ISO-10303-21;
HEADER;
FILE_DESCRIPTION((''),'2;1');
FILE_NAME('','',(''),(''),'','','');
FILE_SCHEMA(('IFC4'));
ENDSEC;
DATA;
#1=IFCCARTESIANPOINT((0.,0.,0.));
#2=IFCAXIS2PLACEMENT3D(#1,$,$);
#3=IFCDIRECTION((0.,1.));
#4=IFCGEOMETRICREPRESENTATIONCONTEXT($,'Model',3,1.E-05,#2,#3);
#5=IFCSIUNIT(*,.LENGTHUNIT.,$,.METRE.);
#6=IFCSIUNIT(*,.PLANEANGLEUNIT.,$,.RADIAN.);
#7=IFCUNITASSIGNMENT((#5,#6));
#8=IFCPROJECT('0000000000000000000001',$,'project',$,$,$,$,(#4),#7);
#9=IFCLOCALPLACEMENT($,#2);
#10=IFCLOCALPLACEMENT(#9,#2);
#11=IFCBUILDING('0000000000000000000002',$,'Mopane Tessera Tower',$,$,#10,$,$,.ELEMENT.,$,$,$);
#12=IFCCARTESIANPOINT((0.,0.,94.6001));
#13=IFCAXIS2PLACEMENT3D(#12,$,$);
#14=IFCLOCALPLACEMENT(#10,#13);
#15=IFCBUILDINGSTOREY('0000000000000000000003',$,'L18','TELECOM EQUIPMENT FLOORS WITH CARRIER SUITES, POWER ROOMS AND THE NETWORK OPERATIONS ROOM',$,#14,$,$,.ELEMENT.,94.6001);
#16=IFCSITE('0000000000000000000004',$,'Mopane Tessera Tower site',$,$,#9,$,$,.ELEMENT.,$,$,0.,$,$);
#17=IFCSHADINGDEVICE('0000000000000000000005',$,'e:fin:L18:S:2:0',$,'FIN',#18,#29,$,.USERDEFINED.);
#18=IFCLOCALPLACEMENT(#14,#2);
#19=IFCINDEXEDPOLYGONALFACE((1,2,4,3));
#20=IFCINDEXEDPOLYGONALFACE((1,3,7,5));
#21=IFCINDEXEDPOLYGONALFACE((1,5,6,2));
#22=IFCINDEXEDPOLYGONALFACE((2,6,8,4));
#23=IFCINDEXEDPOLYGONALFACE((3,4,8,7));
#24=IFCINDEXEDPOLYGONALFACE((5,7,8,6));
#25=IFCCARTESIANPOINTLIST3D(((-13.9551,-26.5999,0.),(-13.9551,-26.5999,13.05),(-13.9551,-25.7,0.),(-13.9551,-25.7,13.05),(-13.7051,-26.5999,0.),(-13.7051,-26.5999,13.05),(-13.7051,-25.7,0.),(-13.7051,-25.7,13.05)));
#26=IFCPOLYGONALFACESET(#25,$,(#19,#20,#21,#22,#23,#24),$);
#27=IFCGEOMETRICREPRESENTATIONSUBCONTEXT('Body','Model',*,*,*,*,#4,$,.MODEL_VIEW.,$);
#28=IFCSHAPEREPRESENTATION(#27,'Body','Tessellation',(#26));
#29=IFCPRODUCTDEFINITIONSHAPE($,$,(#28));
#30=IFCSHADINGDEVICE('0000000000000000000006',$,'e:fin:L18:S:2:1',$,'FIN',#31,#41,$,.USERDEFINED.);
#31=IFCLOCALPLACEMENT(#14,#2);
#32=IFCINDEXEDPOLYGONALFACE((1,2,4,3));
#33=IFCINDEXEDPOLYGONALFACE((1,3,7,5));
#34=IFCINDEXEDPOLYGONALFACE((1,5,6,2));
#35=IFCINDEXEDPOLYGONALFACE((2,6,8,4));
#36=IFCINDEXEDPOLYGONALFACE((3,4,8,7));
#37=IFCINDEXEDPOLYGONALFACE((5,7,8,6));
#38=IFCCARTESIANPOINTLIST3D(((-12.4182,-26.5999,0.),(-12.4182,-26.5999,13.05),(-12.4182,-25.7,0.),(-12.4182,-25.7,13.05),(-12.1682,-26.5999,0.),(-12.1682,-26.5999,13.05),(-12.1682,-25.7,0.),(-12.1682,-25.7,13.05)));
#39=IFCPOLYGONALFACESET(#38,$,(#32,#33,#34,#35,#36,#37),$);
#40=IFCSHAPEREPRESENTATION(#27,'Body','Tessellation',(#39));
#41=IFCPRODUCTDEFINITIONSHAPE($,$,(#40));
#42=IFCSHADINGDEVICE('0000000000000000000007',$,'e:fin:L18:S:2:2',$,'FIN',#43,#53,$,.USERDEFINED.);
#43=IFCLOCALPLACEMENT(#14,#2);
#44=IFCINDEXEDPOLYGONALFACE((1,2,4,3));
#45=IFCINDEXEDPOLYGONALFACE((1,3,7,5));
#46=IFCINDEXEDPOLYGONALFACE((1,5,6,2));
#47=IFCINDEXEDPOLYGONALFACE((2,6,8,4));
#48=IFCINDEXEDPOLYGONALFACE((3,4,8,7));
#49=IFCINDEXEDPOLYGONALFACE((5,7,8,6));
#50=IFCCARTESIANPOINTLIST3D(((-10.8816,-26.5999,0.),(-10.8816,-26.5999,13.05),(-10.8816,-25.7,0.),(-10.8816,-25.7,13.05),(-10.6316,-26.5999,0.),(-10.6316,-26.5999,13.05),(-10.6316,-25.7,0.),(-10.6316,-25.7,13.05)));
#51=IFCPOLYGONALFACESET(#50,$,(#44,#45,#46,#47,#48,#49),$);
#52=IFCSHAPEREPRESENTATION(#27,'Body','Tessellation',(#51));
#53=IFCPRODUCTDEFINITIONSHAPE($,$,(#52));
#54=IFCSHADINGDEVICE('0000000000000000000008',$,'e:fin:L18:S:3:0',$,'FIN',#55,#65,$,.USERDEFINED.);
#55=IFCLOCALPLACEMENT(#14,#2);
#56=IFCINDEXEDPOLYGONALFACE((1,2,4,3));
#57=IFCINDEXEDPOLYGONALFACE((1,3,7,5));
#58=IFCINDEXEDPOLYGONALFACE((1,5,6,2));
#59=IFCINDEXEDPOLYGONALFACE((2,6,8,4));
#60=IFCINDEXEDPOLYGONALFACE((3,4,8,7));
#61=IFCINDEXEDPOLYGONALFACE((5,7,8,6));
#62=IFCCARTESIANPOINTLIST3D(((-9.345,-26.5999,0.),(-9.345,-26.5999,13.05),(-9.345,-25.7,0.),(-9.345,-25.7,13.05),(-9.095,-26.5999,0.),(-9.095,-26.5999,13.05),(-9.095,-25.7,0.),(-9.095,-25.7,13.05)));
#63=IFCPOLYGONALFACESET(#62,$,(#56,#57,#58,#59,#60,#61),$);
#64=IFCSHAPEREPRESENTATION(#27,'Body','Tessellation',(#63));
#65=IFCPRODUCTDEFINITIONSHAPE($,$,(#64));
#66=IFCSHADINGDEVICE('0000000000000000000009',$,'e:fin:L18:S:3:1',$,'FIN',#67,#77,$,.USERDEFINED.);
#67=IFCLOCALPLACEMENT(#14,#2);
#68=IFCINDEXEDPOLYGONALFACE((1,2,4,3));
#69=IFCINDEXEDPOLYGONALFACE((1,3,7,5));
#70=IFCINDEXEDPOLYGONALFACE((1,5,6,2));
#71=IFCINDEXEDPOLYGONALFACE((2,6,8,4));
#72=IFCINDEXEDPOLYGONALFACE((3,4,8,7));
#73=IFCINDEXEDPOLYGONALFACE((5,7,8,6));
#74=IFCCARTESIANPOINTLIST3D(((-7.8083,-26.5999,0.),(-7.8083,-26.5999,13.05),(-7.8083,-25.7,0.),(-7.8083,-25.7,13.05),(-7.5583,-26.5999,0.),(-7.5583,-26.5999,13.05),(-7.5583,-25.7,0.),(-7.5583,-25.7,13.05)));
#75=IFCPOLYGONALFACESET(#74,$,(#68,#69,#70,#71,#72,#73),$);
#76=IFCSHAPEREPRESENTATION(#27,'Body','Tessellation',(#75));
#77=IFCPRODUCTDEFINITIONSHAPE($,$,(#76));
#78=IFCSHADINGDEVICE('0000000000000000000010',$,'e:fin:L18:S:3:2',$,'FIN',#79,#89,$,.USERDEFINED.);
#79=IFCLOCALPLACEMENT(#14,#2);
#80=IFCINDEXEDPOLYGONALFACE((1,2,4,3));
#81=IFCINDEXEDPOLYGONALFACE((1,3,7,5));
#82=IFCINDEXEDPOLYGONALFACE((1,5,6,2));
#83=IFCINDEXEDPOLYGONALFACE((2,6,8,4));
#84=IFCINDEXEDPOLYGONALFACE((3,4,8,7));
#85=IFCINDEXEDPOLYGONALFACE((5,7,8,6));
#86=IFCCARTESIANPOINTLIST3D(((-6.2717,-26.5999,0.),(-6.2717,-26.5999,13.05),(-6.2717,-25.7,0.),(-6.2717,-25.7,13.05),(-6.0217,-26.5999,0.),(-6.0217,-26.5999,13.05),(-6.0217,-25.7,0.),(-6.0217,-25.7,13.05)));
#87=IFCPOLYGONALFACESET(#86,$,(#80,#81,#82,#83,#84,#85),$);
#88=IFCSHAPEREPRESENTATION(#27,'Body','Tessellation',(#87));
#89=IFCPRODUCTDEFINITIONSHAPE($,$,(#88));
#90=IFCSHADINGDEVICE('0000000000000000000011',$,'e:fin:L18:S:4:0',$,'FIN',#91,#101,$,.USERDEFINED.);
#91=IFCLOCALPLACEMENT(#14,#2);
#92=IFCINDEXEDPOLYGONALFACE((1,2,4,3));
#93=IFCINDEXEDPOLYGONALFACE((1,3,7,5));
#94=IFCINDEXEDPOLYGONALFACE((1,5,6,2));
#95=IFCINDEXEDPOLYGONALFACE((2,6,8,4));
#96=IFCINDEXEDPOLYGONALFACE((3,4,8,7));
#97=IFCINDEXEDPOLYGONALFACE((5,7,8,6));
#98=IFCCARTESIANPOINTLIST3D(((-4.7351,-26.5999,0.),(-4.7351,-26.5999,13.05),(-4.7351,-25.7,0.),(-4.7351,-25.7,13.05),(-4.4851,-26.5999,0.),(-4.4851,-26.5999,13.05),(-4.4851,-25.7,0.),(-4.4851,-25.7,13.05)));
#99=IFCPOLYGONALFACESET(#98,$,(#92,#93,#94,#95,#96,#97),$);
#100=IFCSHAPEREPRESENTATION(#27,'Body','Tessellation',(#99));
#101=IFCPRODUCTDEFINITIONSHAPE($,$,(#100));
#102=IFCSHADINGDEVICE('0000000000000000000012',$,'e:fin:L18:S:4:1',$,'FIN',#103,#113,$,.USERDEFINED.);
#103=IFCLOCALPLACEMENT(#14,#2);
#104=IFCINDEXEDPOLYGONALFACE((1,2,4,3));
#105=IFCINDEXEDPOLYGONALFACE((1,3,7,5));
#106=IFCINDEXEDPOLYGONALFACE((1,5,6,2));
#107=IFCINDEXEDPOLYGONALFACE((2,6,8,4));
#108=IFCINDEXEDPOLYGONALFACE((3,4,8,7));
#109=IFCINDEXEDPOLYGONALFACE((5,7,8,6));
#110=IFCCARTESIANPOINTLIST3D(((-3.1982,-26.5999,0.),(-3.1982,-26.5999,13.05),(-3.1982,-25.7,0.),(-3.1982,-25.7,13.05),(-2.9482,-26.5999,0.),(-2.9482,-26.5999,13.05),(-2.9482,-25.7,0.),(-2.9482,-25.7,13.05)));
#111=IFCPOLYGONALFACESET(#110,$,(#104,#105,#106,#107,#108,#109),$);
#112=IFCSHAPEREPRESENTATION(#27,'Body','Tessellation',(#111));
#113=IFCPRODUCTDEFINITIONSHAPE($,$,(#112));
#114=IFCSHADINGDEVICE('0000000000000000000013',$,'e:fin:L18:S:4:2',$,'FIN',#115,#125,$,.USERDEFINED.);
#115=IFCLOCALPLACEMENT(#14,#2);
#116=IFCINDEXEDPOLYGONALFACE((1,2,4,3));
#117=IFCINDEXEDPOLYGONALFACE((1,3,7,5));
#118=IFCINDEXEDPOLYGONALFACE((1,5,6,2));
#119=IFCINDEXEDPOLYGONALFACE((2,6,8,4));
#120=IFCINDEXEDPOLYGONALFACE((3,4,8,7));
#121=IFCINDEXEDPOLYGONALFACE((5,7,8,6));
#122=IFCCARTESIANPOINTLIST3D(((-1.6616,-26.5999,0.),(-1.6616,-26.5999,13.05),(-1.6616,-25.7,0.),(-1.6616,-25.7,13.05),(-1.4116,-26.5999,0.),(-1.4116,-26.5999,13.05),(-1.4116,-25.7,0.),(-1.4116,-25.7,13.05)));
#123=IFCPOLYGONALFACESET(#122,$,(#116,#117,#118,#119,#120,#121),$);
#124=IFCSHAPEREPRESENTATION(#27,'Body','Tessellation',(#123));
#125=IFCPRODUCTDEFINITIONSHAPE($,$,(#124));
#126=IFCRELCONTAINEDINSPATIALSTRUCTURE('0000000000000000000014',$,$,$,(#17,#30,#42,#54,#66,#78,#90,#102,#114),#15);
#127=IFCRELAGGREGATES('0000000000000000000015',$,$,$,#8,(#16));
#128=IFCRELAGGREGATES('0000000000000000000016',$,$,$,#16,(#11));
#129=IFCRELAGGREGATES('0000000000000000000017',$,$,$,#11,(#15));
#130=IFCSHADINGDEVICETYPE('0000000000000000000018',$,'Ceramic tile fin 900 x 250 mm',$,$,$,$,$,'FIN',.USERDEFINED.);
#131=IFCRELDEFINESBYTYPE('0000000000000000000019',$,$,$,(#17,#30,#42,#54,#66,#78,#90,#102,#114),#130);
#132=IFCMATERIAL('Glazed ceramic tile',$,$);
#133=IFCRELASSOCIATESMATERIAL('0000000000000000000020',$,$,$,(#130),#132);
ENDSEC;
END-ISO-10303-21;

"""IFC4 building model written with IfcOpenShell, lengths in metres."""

from ifc_helpers import new_model, si_unit, direction, frame, origin, origin_2d, place, context, subcontext, project, spatial, rectangle, extrude, material, type_object, element, save


model = new_model("IFC4")

# Units and contexts
model_context = context("Model", 3, precision=1e-05, world=origin(), true_north=direction((0.0, 1.0)))
body_context = subcontext(model_context, "Body", "Model", "MODEL_VIEW")
ifc_project = project(units=[si_unit("LENGTHUNIT", "METRE"), si_unit("PLANEANGLEUNIT", "RADIAN")], contexts=[model_context])

# Site, building, storey
site_placement = place(None, origin())
site = spatial("IfcSite", under=ifc_project, at=site_placement, Name="Mopane Tessera Tower site", CompositionType="ELEMENT", RefElevation=0.0)
building_placement = place(site_placement, origin())
building = spatial("IfcBuilding", under=site, at=building_placement, Name="Mopane Tessera Tower", CompositionType="ELEMENT")
storey_placement = place(building_placement, frame((0.0, 0.0, 94.6001)))
storey = spatial("IfcBuildingStorey", under=building, at=storey_placement, Name="L18", Description="TELECOM EQUIPMENT FLOORS WITH CARRIER SUITES, POWER ROOMS AND THE NETWORK OPERATIONS ROOM", CompositionType="ELEMENT", Elevation=94.6001)

# Shading devices
ifc_material_1 = material(Name="Glazed ceramic tile")
shading_device_type = type_object("IfcShadingDeviceType", Name="Ceramic tile fin 900 x 250 mm", ElementType="FIN", PredefinedType="USERDEFINED", material=ifc_material_1)
for number, where, z_axis, x_axis, name in (
    (1, (-13.8301, -26.1499, 0.0), (0.0, 0.0, 1.0), (1.0, 0.0, 0.0), "e:fin:L18:S:2:0"),
    (2, (-12.2932, -26.1499, 0.0), (0.0, 0.0, 1.0), (1.0, 0.0, 0.0), "e:fin:L18:S:2:1"),
    (3, (-10.7566, -26.1499, 0.0), (0.0, 0.0, 1.0), (1.0, 0.0, 0.0), "e:fin:L18:S:2:2"),
    (4, (-9.22, -26.1499, 0.0), (0.0, 0.0, 1.0), (1.0, 0.0, 0.0), "e:fin:L18:S:3:0"),
    (5, (-7.6833, -26.1499, 0.0), (0.0, 0.0, 1.0), (1.0, 0.0, 0.0), "e:fin:L18:S:3:1"),
    (6, (-6.1467, -26.1499, 0.0), (0.0, 0.0, 1.0), (1.0, 0.0, 0.0), "e:fin:L18:S:3:2"),
    (7, (-4.6101, -26.1499, 0.0), (0.0, 0.0, 1.0), (1.0, 0.0, 0.0), "e:fin:L18:S:4:0"),
    (8, (-3.0732, -26.1499, 0.0), (0.0, 0.0, 1.0), (1.0, 0.0, 0.0), "e:fin:L18:S:4:1"),
    (9, (-1.5366, -26.1499, 0.0), (0.0, 0.0, 1.0), (1.0, 0.0, 0.0), "e:fin:L18:S:4:2"),
):
    element("IfcShadingDevice", number, at=place(storey_placement, frame(where, z_axis=z_axis, x_axis=x_axis)), inside=storey, type_object=shading_device_type, Name=name, ObjectType="FIN", PredefinedType="USERDEFINED", context=body_context, shape_type="SweptSolid", body=[
        extrude(rectangle(XDim=0.25, YDim=0.8999, at=origin_2d()), origin(), (0.0, 0.0, 1.0), 13.05),
    ])

save(model, "model.ifc")
